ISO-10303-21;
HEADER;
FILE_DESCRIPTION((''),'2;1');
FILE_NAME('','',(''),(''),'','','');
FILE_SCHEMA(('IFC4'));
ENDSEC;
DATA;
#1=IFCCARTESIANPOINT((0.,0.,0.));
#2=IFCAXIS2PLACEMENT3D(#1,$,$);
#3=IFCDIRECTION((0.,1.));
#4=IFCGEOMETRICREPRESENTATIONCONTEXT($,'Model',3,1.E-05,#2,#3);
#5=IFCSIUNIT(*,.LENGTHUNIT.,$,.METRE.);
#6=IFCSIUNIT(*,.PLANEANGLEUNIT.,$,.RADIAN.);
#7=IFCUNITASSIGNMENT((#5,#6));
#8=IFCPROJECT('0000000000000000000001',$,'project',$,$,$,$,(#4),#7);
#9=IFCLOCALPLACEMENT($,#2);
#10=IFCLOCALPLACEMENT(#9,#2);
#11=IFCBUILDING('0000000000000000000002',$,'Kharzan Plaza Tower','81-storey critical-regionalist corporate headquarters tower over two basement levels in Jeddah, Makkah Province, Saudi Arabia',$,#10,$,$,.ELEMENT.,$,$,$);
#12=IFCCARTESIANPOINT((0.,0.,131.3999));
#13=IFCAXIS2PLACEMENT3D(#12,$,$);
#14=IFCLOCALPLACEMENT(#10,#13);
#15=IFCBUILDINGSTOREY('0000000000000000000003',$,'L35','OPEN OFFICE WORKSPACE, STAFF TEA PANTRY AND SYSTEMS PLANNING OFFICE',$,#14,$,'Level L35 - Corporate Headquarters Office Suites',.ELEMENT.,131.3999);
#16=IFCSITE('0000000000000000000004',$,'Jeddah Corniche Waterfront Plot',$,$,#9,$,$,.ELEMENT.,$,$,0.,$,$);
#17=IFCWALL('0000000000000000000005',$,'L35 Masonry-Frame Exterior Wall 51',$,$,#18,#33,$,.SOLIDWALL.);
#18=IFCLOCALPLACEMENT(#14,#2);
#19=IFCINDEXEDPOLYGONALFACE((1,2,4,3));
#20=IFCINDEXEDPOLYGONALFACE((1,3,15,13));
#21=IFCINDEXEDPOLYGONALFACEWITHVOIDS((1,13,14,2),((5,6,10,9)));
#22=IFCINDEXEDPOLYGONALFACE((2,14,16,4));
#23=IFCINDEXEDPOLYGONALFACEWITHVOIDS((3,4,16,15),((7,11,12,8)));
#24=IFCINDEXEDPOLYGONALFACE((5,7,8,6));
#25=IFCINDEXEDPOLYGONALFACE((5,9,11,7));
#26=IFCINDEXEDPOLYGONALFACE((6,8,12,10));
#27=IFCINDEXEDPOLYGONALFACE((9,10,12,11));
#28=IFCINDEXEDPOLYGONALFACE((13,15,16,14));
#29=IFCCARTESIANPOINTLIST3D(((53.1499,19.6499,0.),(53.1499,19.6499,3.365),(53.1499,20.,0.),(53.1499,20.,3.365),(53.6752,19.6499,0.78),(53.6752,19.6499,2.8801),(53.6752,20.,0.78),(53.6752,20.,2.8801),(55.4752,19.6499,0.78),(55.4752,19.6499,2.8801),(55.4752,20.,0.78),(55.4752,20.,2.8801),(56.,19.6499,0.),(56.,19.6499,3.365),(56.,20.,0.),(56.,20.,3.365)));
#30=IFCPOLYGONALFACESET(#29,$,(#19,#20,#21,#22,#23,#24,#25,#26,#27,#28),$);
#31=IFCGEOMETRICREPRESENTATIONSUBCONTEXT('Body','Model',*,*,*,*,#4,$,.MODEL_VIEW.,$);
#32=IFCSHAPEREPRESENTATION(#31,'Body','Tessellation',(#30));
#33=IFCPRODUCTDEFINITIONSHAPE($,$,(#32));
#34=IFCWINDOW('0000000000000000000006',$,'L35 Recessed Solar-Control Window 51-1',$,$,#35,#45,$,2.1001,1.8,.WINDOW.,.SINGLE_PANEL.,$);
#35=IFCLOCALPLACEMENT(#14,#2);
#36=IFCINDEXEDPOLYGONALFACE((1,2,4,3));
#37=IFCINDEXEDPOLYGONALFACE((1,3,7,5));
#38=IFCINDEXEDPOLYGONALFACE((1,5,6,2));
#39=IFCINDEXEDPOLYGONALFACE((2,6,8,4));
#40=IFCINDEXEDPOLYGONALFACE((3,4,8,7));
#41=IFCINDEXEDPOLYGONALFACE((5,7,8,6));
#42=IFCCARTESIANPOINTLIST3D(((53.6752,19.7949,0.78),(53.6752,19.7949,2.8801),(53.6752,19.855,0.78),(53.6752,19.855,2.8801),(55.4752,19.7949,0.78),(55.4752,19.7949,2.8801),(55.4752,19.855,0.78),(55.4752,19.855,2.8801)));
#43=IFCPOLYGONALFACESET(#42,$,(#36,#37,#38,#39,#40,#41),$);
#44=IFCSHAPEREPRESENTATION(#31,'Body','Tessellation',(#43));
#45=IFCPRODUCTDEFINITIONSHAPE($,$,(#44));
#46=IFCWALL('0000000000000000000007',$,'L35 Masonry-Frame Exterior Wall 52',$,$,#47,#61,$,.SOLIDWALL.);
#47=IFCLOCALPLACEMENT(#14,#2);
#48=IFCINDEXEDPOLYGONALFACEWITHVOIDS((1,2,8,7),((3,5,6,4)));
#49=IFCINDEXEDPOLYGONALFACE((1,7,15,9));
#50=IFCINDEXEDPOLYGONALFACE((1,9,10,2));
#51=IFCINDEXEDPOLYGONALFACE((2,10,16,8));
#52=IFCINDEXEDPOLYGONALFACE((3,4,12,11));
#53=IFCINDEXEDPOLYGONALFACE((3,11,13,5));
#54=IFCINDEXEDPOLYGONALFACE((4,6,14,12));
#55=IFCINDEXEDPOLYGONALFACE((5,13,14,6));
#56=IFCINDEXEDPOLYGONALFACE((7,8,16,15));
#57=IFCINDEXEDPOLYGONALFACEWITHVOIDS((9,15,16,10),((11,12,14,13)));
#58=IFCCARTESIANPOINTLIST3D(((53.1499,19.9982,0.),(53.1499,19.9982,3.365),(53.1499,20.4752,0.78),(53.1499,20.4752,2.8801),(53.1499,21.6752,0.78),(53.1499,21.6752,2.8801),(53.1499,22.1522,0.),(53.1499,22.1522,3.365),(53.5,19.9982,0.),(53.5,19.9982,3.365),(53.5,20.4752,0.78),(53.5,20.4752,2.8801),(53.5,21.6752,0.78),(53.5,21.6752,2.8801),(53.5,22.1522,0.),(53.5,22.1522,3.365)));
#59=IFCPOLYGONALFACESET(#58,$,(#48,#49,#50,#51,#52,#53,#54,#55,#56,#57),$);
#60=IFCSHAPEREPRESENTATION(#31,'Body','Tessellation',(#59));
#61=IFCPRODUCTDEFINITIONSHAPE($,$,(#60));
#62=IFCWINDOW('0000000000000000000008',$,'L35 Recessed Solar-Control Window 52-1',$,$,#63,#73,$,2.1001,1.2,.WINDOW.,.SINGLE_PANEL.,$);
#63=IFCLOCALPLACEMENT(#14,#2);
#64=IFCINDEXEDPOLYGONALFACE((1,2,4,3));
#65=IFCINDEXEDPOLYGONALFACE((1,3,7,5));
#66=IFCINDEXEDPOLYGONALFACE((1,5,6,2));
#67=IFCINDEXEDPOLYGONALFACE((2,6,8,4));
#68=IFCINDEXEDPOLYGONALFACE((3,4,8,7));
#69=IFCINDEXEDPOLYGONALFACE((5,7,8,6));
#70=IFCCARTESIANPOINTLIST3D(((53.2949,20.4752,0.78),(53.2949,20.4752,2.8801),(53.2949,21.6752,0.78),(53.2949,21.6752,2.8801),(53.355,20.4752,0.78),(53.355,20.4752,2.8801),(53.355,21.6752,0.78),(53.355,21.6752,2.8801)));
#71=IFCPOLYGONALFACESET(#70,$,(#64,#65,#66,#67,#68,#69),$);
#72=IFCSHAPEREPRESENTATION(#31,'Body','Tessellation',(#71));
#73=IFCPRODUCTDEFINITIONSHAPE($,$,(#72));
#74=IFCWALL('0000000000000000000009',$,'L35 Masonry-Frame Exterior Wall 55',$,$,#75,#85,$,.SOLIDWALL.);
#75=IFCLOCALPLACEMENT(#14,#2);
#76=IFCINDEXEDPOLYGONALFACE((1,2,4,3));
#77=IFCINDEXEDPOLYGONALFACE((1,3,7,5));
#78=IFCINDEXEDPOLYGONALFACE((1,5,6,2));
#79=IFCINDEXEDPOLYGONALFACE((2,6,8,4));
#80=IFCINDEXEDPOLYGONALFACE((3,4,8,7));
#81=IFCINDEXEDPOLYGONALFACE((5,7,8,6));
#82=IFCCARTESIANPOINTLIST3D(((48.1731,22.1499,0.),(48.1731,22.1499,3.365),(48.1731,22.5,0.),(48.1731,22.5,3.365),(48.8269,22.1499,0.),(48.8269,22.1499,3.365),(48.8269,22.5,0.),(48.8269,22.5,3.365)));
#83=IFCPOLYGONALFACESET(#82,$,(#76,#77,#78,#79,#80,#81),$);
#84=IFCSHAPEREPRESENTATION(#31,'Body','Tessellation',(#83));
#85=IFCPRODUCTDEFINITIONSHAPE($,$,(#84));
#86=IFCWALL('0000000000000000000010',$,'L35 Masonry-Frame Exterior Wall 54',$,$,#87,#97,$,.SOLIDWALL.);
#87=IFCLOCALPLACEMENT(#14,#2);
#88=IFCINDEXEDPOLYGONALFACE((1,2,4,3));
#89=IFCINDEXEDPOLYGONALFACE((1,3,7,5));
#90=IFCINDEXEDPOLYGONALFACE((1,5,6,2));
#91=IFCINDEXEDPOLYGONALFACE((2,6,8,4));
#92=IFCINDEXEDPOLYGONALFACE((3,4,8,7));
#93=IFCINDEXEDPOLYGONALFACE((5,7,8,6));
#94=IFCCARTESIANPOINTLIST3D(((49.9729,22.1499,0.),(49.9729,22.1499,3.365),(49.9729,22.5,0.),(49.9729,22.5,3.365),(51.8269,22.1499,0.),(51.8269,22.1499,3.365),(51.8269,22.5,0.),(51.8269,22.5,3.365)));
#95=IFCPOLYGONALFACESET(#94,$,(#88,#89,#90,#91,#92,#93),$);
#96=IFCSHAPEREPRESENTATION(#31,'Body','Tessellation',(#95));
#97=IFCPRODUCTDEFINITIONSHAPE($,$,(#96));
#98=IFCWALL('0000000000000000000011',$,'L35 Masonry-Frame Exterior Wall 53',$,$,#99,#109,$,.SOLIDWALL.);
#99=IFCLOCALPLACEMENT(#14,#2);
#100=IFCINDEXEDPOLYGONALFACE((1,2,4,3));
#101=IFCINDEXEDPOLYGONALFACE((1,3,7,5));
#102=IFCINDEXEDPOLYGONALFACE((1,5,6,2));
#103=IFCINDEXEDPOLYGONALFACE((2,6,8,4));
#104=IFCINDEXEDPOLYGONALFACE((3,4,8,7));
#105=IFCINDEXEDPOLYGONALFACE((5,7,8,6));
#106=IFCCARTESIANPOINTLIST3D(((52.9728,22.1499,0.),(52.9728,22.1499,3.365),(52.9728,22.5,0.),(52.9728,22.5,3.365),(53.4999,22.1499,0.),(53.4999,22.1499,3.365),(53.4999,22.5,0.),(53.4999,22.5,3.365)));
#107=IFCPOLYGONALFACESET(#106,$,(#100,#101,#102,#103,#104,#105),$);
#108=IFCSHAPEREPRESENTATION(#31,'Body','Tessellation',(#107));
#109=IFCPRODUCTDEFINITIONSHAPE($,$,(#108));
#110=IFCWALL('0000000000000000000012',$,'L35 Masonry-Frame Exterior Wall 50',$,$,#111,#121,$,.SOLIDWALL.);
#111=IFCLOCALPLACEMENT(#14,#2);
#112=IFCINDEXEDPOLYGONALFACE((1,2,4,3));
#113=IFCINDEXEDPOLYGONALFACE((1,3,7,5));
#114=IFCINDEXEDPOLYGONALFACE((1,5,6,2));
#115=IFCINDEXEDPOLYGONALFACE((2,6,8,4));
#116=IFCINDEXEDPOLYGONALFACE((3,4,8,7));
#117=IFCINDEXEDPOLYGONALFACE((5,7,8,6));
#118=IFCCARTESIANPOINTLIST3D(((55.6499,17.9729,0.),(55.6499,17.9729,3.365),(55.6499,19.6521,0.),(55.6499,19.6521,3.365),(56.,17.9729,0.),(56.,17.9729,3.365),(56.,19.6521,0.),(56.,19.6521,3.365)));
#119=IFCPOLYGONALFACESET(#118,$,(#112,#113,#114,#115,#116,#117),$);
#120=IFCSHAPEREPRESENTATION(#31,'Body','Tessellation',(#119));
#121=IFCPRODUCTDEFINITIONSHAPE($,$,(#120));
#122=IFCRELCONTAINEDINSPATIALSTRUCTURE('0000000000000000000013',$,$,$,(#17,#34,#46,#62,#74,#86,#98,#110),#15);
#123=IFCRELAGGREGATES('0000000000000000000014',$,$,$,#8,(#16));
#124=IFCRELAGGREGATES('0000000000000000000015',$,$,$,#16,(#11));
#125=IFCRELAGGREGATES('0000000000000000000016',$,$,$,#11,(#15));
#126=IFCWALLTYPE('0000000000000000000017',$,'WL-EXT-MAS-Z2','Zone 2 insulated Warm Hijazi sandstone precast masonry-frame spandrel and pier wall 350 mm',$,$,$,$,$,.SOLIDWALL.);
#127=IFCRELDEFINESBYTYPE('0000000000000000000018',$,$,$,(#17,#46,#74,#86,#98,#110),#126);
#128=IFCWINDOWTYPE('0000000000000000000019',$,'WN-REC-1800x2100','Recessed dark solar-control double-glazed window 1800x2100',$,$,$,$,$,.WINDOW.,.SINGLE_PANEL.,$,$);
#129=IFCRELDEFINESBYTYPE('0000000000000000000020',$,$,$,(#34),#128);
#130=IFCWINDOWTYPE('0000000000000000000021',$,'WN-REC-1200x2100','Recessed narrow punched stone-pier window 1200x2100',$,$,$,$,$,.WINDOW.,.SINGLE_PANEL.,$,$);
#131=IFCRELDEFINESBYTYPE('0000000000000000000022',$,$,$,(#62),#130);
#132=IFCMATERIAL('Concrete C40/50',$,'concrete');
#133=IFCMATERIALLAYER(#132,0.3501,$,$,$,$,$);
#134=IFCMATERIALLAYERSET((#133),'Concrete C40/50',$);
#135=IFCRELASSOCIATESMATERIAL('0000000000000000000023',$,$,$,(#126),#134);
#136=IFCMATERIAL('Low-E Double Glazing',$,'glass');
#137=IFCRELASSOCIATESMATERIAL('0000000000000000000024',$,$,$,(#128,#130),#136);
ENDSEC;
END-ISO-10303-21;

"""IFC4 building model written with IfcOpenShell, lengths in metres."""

from ifc_helpers import new_model, si_unit, direction, frame, frame_2d, origin, place, context, subcontext, project, spatial, rectangle, extrude, source, transform, mapped, material, layer, layer_set, type_object, element, fill, save


model = new_model("IFC4")

# Units and contexts
model_context = context("Model", 3, precision=1e-05, world=origin(), true_north=direction((0.0, 1.0)))
body_context = subcontext(model_context, "Body", "Model", "MODEL_VIEW")
ifc_project = project(units=[si_unit("LENGTHUNIT", "METRE"), si_unit("PLANEANGLEUNIT", "RADIAN")], contexts=[model_context])

# Site, building, storey
site_placement = place(None, origin())
site = spatial("IfcSite", under=ifc_project, at=site_placement, Name="Jeddah Corniche Waterfront Plot", CompositionType="ELEMENT", RefElevation=0.0)
building_placement = place(site_placement, origin())
building = spatial("IfcBuilding", under=site, at=building_placement, Name="Kharzan Plaza Tower", Description="81-storey critical-regionalist corporate headquarters tower over two basement levels in Jeddah, Makkah Province, Saudi Arabia", CompositionType="ELEMENT")
storey_placement = place(building_placement, frame((0.0, 0.0, 131.3999)))
storey = spatial("IfcBuildingStorey", under=building, at=storey_placement, Name="L35", Description="OPEN OFFICE WORKSPACE, STAFF TEA PANTRY AND SYSTEMS PLANNING OFFICE", LongName="Level L35 - Corporate Headquarters Office Suites", CompositionType="ELEMENT", Elevation=131.3999)

# Walls, openings, windows
ifc_material_1 = material(Name="Concrete C40/50", Category="concrete")
ifc_layer = layer(ifc_material_1, 0.3501)
ifc_layer_set = layer_set([ifc_layer], Name="Concrete C40/50")
wall_type = type_object("IfcWallType", Name="WL-EXT-MAS-Z2", Description="Zone 2 insulated Warm Hijazi sandstone precast masonry-frame spandrel and pier wall 350 mm", PredefinedType="SOLIDWALL", material=ifc_layer_set)
ifc_material_2 = material(Name="Low-E Double Glazing", Category="glass")
window_type_1 = type_object("IfcWindowType", Name="WN-REC-1800x2100", Description="Recessed dark solar-control double-glazed window 1800x2100", PartitioningType="SINGLE_PANEL", PredefinedType="WINDOW", material=ifc_material_2)
shared_shape_1 = source(origin(), body_context, "Body", "SweptSolid", [
    extrude(rectangle(XDim=1.8, YDim=2.1001, at=frame_2d((0.8999, 1.05))), frame((0.0, 0.03, 0.0), z_axis=(0.0, -1.0, 0.0), x_axis=(1.0, 0.0, 0.0)), (0.0, 0.0, 1.0), 0.0601),
])
wall_1_placement = place(storey_placement, frame((56.0, 19.825, 0.0), z_axis=(0.0, 0.0, 1.0), x_axis=(-1.0, 0.0, 0.0)))
wall_1 = element("IfcWall", 1, at=wall_1_placement, inside=storey, type_object=wall_type, Name="L35 Masonry-Frame Exterior Wall 51", PredefinedType="SOLIDWALL", context=body_context, shape_type="SweptSolid", body=[
    extrude(rectangle(XDim=2.8501, YDim=0.3501, at=frame_2d((1.425, 0.0))), origin(), (0.0, 0.0, 1.0), 3.365),
])
opening_1_placement = place(wall_1_placement, frame((0.5249, 0.0, 0.78)))
opening_1 = element("IfcOpeningElement", 2, at=opening_1_placement, cuts=wall_1, PredefinedType="OPENING", context=body_context, shape_type="SweptSolid", body=[
    extrude(rectangle(XDim=1.8, YDim=2.1001, at=frame_2d((0.8999, 1.05))), frame((0.0, 0.1851, 0.0), z_axis=(0.0, -1.0, 0.0), x_axis=(1.0, 0.0, 0.0)), (0.0, 0.0, 1.0), 0.3701),
])
window_1_placement = place(opening_1_placement, origin())
window_1 = element("IfcWindow", 3, at=window_1_placement, inside=storey, type_object=window_type_1, Name="L35 Recessed Solar-Control Window 51-1", OverallHeight=2.1001, OverallWidth=1.8, PartitioningType="SINGLE_PANEL", PredefinedType="WINDOW", context=body_context, shape_type="MappedRepresentation", body=[
    mapped(shared_shape_1, transform((0.0, 0.0, 0.0), x_axis=(1.0, 0.0, 0.0), y_axis=(0.0, 1.0, 0.0), z_axis=(0.0, 0.0, 1.0))),
])
fill(opening_1, window_1)
wall_2_placement = place(storey_placement, frame((53.325, 19.998, 0.0), z_axis=(0.0, 0.0, 1.0), x_axis=(0.0, 1.0, 0.0)))
wall_2 = element("IfcWall", 4, at=wall_2_placement, inside=storey, type_object=wall_type, Name="L35 Masonry-Frame Exterior Wall 52", PredefinedType="SOLIDWALL", context=body_context, shape_type="SweptSolid", body=[
    extrude(rectangle(XDim=2.1541, YDim=0.3501, at=frame_2d((1.0771, 0.0))), origin(), (0.0, 0.0, 1.0), 3.365),
])
opening_2_placement = place(wall_2_placement, frame((0.4771, 0.0, 0.78)))
opening_2 = element("IfcOpeningElement", 5, at=opening_2_placement, cuts=wall_2, PredefinedType="OPENING", context=body_context, shape_type="SweptSolid", body=[
    extrude(rectangle(XDim=1.2, YDim=2.1001, at=frame_2d((0.6001, 1.05))), frame((0.0, 0.1851, 0.0), z_axis=(0.0, -1.0, 0.0), x_axis=(1.0, 0.0, 0.0)), (0.0, 0.0, 1.0), 0.3701),
])
window_type_2 = type_object("IfcWindowType", Name="WN-REC-1200x2100", Description="Recessed narrow punched stone-pier window 1200x2100", PartitioningType="SINGLE_PANEL", PredefinedType="WINDOW", material=ifc_material_2)
shared_shape_2 = source(origin(), body_context, "Body", "SweptSolid", [
    extrude(rectangle(XDim=1.2, YDim=2.1001, at=frame_2d((0.6001, 1.05))), frame((0.0, 0.03, 0.0), z_axis=(0.0, -1.0, 0.0), x_axis=(1.0, 0.0, 0.0)), (0.0, 0.0, 1.0), 0.0601),
])
window_2_placement = place(opening_2_placement, origin())
window_2 = element("IfcWindow", 6, at=window_2_placement, inside=storey, type_object=window_type_2, Name="L35 Recessed Solar-Control Window 52-1", OverallHeight=2.1001, OverallWidth=1.2, PartitioningType="SINGLE_PANEL", PredefinedType="WINDOW", context=body_context, shape_type="MappedRepresentation", body=[
    mapped(shared_shape_2, transform((0.0, 0.0, 0.0), x_axis=(1.0, 0.0, 0.0), y_axis=(0.0, 1.0, 0.0), z_axis=(0.0, 0.0, 1.0))),
])
fill(opening_2, window_2)

# Walls
shared_shape_3 = source(origin(), body_context, "Body", "SweptSolid", [
    extrude(rectangle(XDim=0.6538, YDim=0.3501, at=frame_2d((0.3269, 0.0))), origin(), (0.0, 0.0, 1.0), 3.365),
])
wall_3_placement = place(storey_placement, frame((48.8269, 22.325, 0.0), z_axis=(0.0, 0.0, 1.0), x_axis=(-1.0, 0.0, 0.0)))
element("IfcWall", 7, at=wall_3_placement, inside=storey, type_object=wall_type, Name="L35 Masonry-Frame Exterior Wall 55", PredefinedType="SOLIDWALL", context=body_context, shape_type="MappedRepresentation", body=[
    mapped(shared_shape_3, transform((0.0, 0.0, 0.0), x_axis=(1.0, 0.0, 0.0), y_axis=(0.0, 1.0, 0.0), z_axis=(0.0, 0.0, 1.0))),
])
shared_shape_4 = source(origin(), body_context, "Body", "SweptSolid", [
    extrude(rectangle(XDim=1.854, YDim=0.3501, at=frame_2d((0.927, 0.0))), origin(), (0.0, 0.0, 1.0), 3.365),
])
wall_4_placement = place(storey_placement, frame((51.8269, 22.325, 0.0), z_axis=(0.0, 0.0, 1.0), x_axis=(-1.0, 0.0, 0.0)))
element("IfcWall", 8, at=wall_4_placement, inside=storey, type_object=wall_type, Name="L35 Masonry-Frame Exterior Wall 54", PredefinedType="SOLIDWALL", context=body_context, shape_type="MappedRepresentation", body=[
    mapped(shared_shape_4, transform((0.0, 0.0, 0.0), x_axis=(1.0, 0.0, 0.0), y_axis=(0.0, 1.0, 0.0), z_axis=(0.0, 0.0, 1.0))),
])
shared_shape_5 = source(origin(), body_context, "Body", "SweptSolid", [
    extrude(rectangle(XDim=0.5271, YDim=0.3501, at=frame_2d((0.2637, 0.0))), origin(), (0.0, 0.0, 1.0), 3.365),
])
wall_5_placement = place(storey_placement, frame((53.5, 22.325, 0.0), z_axis=(0.0, 0.0, 1.0), x_axis=(-1.0, 0.0, 0.0)))
element("IfcWall", 9, at=wall_5_placement, inside=storey, type_object=wall_type, Name="L35 Masonry-Frame Exterior Wall 53", PredefinedType="SOLIDWALL", context=body_context, shape_type="MappedRepresentation", body=[
    mapped(shared_shape_5, transform((0.0, 0.0, 0.0), x_axis=(1.0, 0.0, 0.0), y_axis=(0.0, 1.0, 0.0), z_axis=(0.0, 0.0, 1.0))),
])
shared_shape_6 = source(origin(), body_context, "Body", "SweptSolid", [
    extrude(rectangle(XDim=1.6792, YDim=0.3501, at=frame_2d((0.8396, 0.0))), origin(), (0.0, 0.0, 1.0), 3.365),
])
wall_6_placement = place(storey_placement, frame((55.825, 17.9729, 0.0), z_axis=(0.0, 0.0, 1.0), x_axis=(0.0, 1.0, 0.0)))
element("IfcWall", 10, at=wall_6_placement, inside=storey, type_object=wall_type, Name="L35 Masonry-Frame Exterior Wall 50", PredefinedType="SOLIDWALL", context=body_context, shape_type="MappedRepresentation", body=[
    mapped(shared_shape_6, transform((0.0, 0.0, 0.0), x_axis=(1.0, 0.0, 0.0), y_axis=(0.0, 1.0, 0.0), z_axis=(0.0, 0.0, 1.0))),
])

save(model, "model.ifc")
